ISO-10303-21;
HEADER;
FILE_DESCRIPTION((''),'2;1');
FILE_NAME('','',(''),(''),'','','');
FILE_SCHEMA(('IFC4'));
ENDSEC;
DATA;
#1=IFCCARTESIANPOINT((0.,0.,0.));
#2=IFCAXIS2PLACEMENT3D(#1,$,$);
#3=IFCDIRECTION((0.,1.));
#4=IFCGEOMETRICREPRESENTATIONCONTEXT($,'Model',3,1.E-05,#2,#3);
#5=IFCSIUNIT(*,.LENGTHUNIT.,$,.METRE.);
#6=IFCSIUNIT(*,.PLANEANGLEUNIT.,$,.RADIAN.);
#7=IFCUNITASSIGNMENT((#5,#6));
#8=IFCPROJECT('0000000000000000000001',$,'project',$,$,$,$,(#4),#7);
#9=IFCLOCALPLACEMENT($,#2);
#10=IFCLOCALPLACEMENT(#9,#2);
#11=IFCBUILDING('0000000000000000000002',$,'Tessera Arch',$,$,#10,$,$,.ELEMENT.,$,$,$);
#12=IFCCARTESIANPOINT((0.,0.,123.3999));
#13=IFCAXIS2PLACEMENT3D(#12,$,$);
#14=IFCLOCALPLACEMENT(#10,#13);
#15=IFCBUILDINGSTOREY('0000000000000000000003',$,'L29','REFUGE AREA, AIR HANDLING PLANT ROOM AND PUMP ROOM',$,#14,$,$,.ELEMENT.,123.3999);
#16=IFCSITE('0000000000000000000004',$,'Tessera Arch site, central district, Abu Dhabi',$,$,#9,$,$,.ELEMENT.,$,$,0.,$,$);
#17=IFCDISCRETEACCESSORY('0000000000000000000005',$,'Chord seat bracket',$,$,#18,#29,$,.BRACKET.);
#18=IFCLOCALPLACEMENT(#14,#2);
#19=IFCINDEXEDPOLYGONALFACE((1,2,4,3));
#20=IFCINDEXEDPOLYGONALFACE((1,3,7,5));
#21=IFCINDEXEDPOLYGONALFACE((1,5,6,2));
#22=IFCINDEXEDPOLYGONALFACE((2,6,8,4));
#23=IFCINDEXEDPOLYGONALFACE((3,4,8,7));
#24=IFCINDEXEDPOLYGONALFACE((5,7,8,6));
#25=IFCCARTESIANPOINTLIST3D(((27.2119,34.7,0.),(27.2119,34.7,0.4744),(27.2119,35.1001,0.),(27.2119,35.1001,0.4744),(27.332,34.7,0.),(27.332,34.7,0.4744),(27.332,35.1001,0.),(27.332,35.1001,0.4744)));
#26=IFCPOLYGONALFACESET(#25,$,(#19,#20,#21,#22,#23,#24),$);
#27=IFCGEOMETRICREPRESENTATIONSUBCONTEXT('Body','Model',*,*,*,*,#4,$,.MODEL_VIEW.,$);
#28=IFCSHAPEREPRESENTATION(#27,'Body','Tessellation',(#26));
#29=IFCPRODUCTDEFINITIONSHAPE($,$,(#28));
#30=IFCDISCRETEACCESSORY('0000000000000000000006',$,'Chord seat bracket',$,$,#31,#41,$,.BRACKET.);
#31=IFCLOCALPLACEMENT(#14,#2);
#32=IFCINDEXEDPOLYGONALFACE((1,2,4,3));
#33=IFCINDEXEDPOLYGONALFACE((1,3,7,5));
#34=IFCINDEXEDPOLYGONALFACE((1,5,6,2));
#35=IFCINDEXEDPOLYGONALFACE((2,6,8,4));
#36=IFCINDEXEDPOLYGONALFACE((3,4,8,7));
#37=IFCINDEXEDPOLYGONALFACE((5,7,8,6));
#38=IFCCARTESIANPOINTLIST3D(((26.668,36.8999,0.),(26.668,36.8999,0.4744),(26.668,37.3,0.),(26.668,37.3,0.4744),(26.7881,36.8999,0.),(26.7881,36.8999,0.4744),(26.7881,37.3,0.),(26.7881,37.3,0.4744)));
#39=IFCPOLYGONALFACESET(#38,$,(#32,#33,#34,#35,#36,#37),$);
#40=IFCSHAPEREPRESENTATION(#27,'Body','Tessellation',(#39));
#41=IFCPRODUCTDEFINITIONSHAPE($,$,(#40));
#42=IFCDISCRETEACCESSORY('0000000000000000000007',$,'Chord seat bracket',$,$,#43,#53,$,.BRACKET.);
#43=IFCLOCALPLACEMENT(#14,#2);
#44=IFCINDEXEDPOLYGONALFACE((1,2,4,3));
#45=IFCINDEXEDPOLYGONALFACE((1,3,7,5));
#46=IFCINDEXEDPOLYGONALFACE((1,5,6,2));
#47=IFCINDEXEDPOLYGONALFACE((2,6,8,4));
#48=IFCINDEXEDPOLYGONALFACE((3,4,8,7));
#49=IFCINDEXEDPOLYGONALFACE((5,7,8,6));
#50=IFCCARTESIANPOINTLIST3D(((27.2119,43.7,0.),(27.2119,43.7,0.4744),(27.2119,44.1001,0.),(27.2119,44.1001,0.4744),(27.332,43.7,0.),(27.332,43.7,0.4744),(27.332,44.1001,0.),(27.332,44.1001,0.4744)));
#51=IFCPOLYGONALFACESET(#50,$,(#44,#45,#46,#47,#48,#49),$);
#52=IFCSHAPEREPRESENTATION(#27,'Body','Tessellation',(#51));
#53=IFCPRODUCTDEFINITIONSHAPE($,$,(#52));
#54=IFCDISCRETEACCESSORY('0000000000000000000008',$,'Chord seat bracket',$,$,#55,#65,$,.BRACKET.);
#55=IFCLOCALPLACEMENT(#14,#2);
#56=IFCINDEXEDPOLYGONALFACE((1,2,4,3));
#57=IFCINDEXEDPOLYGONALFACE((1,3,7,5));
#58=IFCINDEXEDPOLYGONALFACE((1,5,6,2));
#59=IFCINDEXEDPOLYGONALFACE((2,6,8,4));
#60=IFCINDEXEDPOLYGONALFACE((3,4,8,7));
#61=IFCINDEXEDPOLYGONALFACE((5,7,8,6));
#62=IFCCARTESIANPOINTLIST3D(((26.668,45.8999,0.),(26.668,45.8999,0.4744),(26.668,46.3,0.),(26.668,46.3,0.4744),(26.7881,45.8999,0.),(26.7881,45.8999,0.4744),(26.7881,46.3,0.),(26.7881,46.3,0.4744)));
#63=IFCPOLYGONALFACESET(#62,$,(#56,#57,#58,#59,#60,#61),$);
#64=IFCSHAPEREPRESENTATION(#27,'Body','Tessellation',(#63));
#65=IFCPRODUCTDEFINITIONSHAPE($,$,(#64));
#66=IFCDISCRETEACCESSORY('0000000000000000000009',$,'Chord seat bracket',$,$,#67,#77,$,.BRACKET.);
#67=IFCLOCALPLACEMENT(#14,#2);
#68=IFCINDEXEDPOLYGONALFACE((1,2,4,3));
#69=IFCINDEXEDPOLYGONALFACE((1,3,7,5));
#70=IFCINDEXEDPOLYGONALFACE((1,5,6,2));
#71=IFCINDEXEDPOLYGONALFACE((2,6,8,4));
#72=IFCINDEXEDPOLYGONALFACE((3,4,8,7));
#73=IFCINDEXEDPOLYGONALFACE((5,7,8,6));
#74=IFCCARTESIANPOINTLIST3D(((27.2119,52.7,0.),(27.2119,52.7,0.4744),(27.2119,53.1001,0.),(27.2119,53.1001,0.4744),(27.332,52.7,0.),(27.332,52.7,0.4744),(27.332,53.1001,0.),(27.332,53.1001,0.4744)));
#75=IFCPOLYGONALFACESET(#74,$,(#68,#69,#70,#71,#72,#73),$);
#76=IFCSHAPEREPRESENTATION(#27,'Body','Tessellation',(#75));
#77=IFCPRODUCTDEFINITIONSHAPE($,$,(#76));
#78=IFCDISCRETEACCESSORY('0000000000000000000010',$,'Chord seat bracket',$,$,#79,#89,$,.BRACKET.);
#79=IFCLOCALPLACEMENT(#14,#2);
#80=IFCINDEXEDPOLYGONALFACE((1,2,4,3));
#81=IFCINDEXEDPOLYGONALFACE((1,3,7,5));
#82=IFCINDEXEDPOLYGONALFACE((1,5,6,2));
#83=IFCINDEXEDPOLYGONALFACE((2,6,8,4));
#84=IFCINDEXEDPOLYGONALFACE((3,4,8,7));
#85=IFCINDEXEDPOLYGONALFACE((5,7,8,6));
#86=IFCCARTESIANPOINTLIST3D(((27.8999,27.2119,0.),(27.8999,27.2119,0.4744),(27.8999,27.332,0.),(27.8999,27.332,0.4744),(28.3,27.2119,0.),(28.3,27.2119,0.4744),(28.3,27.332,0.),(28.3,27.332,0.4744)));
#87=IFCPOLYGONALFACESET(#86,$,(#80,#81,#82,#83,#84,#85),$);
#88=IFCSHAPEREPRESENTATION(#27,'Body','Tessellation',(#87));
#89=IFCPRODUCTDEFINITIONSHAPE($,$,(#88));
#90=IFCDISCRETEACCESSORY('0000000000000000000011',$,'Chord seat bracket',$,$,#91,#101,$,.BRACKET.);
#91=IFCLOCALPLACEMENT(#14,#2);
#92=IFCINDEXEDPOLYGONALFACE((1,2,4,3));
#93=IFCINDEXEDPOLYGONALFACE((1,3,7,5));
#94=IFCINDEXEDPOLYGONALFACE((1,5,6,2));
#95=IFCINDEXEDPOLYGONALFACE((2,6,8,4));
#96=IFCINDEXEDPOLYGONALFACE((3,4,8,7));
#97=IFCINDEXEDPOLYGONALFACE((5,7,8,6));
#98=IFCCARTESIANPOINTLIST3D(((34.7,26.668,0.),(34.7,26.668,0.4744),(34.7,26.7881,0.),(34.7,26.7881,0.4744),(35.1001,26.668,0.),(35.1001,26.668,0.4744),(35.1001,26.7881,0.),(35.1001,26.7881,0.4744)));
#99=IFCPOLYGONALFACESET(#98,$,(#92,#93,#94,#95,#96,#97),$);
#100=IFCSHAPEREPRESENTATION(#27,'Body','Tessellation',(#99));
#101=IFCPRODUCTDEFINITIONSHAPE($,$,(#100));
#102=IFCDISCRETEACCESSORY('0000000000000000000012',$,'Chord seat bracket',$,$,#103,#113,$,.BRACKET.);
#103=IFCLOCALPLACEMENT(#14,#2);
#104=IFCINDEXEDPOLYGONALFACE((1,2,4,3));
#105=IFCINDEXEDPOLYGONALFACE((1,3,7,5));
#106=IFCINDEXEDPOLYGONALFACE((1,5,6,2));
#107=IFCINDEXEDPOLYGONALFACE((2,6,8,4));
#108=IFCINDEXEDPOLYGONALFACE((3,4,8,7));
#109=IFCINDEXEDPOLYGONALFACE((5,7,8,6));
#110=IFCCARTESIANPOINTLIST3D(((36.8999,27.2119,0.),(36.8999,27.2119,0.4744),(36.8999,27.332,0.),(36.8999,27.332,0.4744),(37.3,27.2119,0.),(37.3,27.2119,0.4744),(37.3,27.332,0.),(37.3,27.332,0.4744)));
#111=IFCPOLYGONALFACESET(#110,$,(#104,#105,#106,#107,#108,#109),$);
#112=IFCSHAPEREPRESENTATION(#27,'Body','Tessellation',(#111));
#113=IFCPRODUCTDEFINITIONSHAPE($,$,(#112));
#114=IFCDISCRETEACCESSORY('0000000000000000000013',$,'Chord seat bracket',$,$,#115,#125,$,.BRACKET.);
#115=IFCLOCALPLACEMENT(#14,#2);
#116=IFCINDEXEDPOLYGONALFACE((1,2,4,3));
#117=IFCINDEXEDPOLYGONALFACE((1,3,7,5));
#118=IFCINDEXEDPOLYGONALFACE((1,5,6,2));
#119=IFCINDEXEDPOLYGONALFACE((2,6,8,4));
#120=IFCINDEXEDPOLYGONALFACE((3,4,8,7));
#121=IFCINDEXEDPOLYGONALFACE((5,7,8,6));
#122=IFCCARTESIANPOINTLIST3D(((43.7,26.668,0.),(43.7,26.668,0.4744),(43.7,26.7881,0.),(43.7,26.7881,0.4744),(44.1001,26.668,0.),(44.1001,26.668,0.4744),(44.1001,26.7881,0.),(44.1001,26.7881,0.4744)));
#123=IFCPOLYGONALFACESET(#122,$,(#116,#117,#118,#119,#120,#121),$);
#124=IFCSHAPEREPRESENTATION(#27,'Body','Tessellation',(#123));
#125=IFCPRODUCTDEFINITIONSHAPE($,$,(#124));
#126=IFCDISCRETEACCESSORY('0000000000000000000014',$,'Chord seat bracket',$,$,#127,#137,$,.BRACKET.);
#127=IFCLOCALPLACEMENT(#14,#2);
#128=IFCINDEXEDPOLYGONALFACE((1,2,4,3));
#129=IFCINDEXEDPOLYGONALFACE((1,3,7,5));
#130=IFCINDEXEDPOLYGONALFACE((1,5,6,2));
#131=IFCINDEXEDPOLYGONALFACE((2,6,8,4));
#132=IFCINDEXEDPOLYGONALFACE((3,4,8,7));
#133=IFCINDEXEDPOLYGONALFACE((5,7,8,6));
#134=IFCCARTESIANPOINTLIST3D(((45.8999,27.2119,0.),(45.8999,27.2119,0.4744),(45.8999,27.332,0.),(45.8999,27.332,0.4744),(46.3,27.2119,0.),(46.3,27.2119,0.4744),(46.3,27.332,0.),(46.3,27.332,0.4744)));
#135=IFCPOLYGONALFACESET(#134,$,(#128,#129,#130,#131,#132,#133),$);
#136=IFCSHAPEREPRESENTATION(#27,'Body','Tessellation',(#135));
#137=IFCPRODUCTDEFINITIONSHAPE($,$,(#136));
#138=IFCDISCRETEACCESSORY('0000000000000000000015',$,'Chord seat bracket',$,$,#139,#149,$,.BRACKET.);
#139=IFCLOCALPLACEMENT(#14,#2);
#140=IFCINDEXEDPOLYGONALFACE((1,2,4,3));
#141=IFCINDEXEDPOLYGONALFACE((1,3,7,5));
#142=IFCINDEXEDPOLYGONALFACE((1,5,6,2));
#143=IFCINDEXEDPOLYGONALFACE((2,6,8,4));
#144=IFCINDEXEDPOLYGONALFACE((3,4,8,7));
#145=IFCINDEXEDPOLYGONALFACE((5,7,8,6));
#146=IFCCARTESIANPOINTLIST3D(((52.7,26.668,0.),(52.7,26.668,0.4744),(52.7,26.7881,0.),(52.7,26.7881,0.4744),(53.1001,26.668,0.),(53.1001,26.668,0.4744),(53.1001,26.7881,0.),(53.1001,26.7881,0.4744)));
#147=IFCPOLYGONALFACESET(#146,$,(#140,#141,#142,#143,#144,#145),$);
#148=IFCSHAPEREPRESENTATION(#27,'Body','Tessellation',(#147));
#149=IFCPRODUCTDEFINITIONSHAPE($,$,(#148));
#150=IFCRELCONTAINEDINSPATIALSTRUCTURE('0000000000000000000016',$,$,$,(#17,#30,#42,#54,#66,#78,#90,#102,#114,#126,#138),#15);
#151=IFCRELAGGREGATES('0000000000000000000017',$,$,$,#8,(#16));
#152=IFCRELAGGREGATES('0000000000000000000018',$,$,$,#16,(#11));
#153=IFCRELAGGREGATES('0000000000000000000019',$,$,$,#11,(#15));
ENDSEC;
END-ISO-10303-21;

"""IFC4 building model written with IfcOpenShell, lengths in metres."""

from ifc_helpers import new_model, si_unit, direction, frame, origin, place, context, subcontext, project, spatial, polyline, outline, extrude, element, save


model = new_model("IFC4")

# Units and contexts
model_context = context("Model", 3, precision=1e-05, world=origin(), true_north=direction((0.0, 1.0)))
body_context = subcontext(model_context, "Body", "Model", "MODEL_VIEW")
ifc_project = project(units=[si_unit("LENGTHUNIT", "METRE"), si_unit("PLANEANGLEUNIT", "RADIAN")], contexts=[model_context])

# Site, building, storey
site_placement = place(None, origin())
site = spatial("IfcSite", under=ifc_project, at=site_placement, Name="Tessera Arch site, central district, Abu Dhabi", CompositionType="ELEMENT", RefElevation=0.0)
building_placement = place(site_placement, origin())
building = spatial("IfcBuilding", under=site, at=building_placement, Name="Tessera Arch", CompositionType="ELEMENT")
storey_placement = place(building_placement, frame((0.0, 0.0, 123.3999)))
storey = spatial("IfcBuildingStorey", under=building, at=storey_placement, Name="L29", Description="REFUGE AREA, AIR HANDLING PLANT ROOM AND PUMP ROOM", CompositionType="ELEMENT", Elevation=123.3999)

# Discrete accessories
discrete_accessory_1_placement = place(storey_placement, origin())
element("IfcDiscreteAccessory", 1, at=discrete_accessory_1_placement, inside=storey, Name="Chord seat bracket", PredefinedType="BRACKET", context=body_context, shape_type="SweptSolid", body=[
    extrude(outline(polyline([(27.2119, 34.7), (27.2119, 35.1001), (27.332, 35.1001), (27.332, 34.7), (27.2119, 34.7)])), origin(), (0.0, 0.0, 1.0), 0.4744),
])
discrete_accessory_2_placement = place(storey_placement, origin())
element("IfcDiscreteAccessory", 2, at=discrete_accessory_2_placement, inside=storey, Name="Chord seat bracket", PredefinedType="BRACKET", context=body_context, shape_type="SweptSolid", body=[
    extrude(outline(polyline([(26.7881, 37.3), (26.7881, 36.8999), (26.668, 36.8999), (26.668, 37.3), (26.7881, 37.3)])), origin(), (0.0, 0.0, 1.0), 0.4744),
])
discrete_accessory_3_placement = place(storey_placement, origin())
element("IfcDiscreteAccessory", 3, at=discrete_accessory_3_placement, inside=storey, Name="Chord seat bracket", PredefinedType="BRACKET", context=body_context, shape_type="SweptSolid", body=[
    extrude(outline(polyline([(27.2119, 44.1001), (27.332, 44.1001), (27.332, 43.7), (27.2119, 43.7), (27.2119, 44.1001)])), origin(), (0.0, 0.0, 1.0), 0.4744),
])
discrete_accessory_4_placement = place(storey_placement, origin())
element("IfcDiscreteAccessory", 4, at=discrete_accessory_4_placement, inside=storey, Name="Chord seat bracket", PredefinedType="BRACKET", context=body_context, shape_type="SweptSolid", body=[
    extrude(outline(polyline([(26.7881, 45.8999), (26.668, 45.8999), (26.668, 46.3), (26.7881, 46.3), (26.7881, 45.8999)])), origin(), (0.0, 0.0, 1.0), 0.4744),
])
discrete_accessory_5_placement = place(storey_placement, origin())
element("IfcDiscreteAccessory", 5, at=discrete_accessory_5_placement, inside=storey, Name="Chord seat bracket", PredefinedType="BRACKET", context=body_context, shape_type="SweptSolid", body=[
    extrude(outline(polyline([(27.2119, 52.7), (27.2119, 53.1001), (27.332, 53.1001), (27.332, 52.7), (27.2119, 52.7)])), origin(), (0.0, 0.0, 1.0), 0.4744),
])
discrete_accessory_6_placement = place(storey_placement, origin())
element("IfcDiscreteAccessory", 6, at=discrete_accessory_6_placement, inside=storey, Name="Chord seat bracket", PredefinedType="BRACKET", context=body_context, shape_type="SweptSolid", body=[
    extrude(outline(polyline([(28.3, 27.2119), (27.8999, 27.2119), (27.8999, 27.332), (28.3, 27.332), (28.3, 27.2119)])), origin(), (0.0, 0.0, 1.0), 0.4744),
])
discrete_accessory_7_placement = place(storey_placement, origin())
element("IfcDiscreteAccessory", 7, at=discrete_accessory_7_placement, inside=storey, Name="Chord seat bracket", PredefinedType="BRACKET", context=body_context, shape_type="SweptSolid", body=[
    extrude(outline(polyline([(34.7, 26.7881), (35.1001, 26.7881), (35.1001, 26.668), (34.7, 26.668), (34.7, 26.7881)])), origin(), (0.0, 0.0, 1.0), 0.4744),
])
discrete_accessory_8_placement = place(storey_placement, origin())
element("IfcDiscreteAccessory", 8, at=discrete_accessory_8_placement, inside=storey, Name="Chord seat bracket", PredefinedType="BRACKET", context=body_context, shape_type="SweptSolid", body=[
    extrude(outline(polyline([(37.3, 27.2119), (36.8999, 27.2119), (36.8999, 27.332), (37.3, 27.332), (37.3, 27.2119)])), origin(), (0.0, 0.0, 1.0), 0.4744),
])
discrete_accessory_9_placement = place(storey_placement, origin())
element("IfcDiscreteAccessory", 9, at=discrete_accessory_9_placement, inside=storey, Name="Chord seat bracket", PredefinedType="BRACKET", context=body_context, shape_type="SweptSolid", body=[
    extrude(outline(polyline([(43.7, 26.7881), (44.1001, 26.7881), (44.1001, 26.668), (43.7, 26.668), (43.7, 26.7881)])), origin(), (0.0, 0.0, 1.0), 0.4744),
])
discrete_accessory_10_placement = place(storey_placement, origin())
element("IfcDiscreteAccessory", 10, at=discrete_accessory_10_placement, inside=storey, Name="Chord seat bracket", PredefinedType="BRACKET", context=body_context, shape_type="SweptSolid", body=[
    extrude(outline(polyline([(46.3, 27.2119), (45.8999, 27.2119), (45.8999, 27.332), (46.3, 27.332), (46.3, 27.2119)])), origin(), (0.0, 0.0, 1.0), 0.4744),
])
discrete_accessory_11_placement = place(storey_placement, origin())
element("IfcDiscreteAccessory", 11, at=discrete_accessory_11_placement, inside=storey, Name="Chord seat bracket", PredefinedType="BRACKET", context=body_context, shape_type="SweptSolid", body=[
    extrude(outline(polyline([(52.7, 26.7881), (53.1001, 26.7881), (53.1001, 26.668), (52.7, 26.668), (52.7, 26.7881)])), origin(), (0.0, 0.0, 1.0), 0.4744),
])

save(model, "model.ifc")
